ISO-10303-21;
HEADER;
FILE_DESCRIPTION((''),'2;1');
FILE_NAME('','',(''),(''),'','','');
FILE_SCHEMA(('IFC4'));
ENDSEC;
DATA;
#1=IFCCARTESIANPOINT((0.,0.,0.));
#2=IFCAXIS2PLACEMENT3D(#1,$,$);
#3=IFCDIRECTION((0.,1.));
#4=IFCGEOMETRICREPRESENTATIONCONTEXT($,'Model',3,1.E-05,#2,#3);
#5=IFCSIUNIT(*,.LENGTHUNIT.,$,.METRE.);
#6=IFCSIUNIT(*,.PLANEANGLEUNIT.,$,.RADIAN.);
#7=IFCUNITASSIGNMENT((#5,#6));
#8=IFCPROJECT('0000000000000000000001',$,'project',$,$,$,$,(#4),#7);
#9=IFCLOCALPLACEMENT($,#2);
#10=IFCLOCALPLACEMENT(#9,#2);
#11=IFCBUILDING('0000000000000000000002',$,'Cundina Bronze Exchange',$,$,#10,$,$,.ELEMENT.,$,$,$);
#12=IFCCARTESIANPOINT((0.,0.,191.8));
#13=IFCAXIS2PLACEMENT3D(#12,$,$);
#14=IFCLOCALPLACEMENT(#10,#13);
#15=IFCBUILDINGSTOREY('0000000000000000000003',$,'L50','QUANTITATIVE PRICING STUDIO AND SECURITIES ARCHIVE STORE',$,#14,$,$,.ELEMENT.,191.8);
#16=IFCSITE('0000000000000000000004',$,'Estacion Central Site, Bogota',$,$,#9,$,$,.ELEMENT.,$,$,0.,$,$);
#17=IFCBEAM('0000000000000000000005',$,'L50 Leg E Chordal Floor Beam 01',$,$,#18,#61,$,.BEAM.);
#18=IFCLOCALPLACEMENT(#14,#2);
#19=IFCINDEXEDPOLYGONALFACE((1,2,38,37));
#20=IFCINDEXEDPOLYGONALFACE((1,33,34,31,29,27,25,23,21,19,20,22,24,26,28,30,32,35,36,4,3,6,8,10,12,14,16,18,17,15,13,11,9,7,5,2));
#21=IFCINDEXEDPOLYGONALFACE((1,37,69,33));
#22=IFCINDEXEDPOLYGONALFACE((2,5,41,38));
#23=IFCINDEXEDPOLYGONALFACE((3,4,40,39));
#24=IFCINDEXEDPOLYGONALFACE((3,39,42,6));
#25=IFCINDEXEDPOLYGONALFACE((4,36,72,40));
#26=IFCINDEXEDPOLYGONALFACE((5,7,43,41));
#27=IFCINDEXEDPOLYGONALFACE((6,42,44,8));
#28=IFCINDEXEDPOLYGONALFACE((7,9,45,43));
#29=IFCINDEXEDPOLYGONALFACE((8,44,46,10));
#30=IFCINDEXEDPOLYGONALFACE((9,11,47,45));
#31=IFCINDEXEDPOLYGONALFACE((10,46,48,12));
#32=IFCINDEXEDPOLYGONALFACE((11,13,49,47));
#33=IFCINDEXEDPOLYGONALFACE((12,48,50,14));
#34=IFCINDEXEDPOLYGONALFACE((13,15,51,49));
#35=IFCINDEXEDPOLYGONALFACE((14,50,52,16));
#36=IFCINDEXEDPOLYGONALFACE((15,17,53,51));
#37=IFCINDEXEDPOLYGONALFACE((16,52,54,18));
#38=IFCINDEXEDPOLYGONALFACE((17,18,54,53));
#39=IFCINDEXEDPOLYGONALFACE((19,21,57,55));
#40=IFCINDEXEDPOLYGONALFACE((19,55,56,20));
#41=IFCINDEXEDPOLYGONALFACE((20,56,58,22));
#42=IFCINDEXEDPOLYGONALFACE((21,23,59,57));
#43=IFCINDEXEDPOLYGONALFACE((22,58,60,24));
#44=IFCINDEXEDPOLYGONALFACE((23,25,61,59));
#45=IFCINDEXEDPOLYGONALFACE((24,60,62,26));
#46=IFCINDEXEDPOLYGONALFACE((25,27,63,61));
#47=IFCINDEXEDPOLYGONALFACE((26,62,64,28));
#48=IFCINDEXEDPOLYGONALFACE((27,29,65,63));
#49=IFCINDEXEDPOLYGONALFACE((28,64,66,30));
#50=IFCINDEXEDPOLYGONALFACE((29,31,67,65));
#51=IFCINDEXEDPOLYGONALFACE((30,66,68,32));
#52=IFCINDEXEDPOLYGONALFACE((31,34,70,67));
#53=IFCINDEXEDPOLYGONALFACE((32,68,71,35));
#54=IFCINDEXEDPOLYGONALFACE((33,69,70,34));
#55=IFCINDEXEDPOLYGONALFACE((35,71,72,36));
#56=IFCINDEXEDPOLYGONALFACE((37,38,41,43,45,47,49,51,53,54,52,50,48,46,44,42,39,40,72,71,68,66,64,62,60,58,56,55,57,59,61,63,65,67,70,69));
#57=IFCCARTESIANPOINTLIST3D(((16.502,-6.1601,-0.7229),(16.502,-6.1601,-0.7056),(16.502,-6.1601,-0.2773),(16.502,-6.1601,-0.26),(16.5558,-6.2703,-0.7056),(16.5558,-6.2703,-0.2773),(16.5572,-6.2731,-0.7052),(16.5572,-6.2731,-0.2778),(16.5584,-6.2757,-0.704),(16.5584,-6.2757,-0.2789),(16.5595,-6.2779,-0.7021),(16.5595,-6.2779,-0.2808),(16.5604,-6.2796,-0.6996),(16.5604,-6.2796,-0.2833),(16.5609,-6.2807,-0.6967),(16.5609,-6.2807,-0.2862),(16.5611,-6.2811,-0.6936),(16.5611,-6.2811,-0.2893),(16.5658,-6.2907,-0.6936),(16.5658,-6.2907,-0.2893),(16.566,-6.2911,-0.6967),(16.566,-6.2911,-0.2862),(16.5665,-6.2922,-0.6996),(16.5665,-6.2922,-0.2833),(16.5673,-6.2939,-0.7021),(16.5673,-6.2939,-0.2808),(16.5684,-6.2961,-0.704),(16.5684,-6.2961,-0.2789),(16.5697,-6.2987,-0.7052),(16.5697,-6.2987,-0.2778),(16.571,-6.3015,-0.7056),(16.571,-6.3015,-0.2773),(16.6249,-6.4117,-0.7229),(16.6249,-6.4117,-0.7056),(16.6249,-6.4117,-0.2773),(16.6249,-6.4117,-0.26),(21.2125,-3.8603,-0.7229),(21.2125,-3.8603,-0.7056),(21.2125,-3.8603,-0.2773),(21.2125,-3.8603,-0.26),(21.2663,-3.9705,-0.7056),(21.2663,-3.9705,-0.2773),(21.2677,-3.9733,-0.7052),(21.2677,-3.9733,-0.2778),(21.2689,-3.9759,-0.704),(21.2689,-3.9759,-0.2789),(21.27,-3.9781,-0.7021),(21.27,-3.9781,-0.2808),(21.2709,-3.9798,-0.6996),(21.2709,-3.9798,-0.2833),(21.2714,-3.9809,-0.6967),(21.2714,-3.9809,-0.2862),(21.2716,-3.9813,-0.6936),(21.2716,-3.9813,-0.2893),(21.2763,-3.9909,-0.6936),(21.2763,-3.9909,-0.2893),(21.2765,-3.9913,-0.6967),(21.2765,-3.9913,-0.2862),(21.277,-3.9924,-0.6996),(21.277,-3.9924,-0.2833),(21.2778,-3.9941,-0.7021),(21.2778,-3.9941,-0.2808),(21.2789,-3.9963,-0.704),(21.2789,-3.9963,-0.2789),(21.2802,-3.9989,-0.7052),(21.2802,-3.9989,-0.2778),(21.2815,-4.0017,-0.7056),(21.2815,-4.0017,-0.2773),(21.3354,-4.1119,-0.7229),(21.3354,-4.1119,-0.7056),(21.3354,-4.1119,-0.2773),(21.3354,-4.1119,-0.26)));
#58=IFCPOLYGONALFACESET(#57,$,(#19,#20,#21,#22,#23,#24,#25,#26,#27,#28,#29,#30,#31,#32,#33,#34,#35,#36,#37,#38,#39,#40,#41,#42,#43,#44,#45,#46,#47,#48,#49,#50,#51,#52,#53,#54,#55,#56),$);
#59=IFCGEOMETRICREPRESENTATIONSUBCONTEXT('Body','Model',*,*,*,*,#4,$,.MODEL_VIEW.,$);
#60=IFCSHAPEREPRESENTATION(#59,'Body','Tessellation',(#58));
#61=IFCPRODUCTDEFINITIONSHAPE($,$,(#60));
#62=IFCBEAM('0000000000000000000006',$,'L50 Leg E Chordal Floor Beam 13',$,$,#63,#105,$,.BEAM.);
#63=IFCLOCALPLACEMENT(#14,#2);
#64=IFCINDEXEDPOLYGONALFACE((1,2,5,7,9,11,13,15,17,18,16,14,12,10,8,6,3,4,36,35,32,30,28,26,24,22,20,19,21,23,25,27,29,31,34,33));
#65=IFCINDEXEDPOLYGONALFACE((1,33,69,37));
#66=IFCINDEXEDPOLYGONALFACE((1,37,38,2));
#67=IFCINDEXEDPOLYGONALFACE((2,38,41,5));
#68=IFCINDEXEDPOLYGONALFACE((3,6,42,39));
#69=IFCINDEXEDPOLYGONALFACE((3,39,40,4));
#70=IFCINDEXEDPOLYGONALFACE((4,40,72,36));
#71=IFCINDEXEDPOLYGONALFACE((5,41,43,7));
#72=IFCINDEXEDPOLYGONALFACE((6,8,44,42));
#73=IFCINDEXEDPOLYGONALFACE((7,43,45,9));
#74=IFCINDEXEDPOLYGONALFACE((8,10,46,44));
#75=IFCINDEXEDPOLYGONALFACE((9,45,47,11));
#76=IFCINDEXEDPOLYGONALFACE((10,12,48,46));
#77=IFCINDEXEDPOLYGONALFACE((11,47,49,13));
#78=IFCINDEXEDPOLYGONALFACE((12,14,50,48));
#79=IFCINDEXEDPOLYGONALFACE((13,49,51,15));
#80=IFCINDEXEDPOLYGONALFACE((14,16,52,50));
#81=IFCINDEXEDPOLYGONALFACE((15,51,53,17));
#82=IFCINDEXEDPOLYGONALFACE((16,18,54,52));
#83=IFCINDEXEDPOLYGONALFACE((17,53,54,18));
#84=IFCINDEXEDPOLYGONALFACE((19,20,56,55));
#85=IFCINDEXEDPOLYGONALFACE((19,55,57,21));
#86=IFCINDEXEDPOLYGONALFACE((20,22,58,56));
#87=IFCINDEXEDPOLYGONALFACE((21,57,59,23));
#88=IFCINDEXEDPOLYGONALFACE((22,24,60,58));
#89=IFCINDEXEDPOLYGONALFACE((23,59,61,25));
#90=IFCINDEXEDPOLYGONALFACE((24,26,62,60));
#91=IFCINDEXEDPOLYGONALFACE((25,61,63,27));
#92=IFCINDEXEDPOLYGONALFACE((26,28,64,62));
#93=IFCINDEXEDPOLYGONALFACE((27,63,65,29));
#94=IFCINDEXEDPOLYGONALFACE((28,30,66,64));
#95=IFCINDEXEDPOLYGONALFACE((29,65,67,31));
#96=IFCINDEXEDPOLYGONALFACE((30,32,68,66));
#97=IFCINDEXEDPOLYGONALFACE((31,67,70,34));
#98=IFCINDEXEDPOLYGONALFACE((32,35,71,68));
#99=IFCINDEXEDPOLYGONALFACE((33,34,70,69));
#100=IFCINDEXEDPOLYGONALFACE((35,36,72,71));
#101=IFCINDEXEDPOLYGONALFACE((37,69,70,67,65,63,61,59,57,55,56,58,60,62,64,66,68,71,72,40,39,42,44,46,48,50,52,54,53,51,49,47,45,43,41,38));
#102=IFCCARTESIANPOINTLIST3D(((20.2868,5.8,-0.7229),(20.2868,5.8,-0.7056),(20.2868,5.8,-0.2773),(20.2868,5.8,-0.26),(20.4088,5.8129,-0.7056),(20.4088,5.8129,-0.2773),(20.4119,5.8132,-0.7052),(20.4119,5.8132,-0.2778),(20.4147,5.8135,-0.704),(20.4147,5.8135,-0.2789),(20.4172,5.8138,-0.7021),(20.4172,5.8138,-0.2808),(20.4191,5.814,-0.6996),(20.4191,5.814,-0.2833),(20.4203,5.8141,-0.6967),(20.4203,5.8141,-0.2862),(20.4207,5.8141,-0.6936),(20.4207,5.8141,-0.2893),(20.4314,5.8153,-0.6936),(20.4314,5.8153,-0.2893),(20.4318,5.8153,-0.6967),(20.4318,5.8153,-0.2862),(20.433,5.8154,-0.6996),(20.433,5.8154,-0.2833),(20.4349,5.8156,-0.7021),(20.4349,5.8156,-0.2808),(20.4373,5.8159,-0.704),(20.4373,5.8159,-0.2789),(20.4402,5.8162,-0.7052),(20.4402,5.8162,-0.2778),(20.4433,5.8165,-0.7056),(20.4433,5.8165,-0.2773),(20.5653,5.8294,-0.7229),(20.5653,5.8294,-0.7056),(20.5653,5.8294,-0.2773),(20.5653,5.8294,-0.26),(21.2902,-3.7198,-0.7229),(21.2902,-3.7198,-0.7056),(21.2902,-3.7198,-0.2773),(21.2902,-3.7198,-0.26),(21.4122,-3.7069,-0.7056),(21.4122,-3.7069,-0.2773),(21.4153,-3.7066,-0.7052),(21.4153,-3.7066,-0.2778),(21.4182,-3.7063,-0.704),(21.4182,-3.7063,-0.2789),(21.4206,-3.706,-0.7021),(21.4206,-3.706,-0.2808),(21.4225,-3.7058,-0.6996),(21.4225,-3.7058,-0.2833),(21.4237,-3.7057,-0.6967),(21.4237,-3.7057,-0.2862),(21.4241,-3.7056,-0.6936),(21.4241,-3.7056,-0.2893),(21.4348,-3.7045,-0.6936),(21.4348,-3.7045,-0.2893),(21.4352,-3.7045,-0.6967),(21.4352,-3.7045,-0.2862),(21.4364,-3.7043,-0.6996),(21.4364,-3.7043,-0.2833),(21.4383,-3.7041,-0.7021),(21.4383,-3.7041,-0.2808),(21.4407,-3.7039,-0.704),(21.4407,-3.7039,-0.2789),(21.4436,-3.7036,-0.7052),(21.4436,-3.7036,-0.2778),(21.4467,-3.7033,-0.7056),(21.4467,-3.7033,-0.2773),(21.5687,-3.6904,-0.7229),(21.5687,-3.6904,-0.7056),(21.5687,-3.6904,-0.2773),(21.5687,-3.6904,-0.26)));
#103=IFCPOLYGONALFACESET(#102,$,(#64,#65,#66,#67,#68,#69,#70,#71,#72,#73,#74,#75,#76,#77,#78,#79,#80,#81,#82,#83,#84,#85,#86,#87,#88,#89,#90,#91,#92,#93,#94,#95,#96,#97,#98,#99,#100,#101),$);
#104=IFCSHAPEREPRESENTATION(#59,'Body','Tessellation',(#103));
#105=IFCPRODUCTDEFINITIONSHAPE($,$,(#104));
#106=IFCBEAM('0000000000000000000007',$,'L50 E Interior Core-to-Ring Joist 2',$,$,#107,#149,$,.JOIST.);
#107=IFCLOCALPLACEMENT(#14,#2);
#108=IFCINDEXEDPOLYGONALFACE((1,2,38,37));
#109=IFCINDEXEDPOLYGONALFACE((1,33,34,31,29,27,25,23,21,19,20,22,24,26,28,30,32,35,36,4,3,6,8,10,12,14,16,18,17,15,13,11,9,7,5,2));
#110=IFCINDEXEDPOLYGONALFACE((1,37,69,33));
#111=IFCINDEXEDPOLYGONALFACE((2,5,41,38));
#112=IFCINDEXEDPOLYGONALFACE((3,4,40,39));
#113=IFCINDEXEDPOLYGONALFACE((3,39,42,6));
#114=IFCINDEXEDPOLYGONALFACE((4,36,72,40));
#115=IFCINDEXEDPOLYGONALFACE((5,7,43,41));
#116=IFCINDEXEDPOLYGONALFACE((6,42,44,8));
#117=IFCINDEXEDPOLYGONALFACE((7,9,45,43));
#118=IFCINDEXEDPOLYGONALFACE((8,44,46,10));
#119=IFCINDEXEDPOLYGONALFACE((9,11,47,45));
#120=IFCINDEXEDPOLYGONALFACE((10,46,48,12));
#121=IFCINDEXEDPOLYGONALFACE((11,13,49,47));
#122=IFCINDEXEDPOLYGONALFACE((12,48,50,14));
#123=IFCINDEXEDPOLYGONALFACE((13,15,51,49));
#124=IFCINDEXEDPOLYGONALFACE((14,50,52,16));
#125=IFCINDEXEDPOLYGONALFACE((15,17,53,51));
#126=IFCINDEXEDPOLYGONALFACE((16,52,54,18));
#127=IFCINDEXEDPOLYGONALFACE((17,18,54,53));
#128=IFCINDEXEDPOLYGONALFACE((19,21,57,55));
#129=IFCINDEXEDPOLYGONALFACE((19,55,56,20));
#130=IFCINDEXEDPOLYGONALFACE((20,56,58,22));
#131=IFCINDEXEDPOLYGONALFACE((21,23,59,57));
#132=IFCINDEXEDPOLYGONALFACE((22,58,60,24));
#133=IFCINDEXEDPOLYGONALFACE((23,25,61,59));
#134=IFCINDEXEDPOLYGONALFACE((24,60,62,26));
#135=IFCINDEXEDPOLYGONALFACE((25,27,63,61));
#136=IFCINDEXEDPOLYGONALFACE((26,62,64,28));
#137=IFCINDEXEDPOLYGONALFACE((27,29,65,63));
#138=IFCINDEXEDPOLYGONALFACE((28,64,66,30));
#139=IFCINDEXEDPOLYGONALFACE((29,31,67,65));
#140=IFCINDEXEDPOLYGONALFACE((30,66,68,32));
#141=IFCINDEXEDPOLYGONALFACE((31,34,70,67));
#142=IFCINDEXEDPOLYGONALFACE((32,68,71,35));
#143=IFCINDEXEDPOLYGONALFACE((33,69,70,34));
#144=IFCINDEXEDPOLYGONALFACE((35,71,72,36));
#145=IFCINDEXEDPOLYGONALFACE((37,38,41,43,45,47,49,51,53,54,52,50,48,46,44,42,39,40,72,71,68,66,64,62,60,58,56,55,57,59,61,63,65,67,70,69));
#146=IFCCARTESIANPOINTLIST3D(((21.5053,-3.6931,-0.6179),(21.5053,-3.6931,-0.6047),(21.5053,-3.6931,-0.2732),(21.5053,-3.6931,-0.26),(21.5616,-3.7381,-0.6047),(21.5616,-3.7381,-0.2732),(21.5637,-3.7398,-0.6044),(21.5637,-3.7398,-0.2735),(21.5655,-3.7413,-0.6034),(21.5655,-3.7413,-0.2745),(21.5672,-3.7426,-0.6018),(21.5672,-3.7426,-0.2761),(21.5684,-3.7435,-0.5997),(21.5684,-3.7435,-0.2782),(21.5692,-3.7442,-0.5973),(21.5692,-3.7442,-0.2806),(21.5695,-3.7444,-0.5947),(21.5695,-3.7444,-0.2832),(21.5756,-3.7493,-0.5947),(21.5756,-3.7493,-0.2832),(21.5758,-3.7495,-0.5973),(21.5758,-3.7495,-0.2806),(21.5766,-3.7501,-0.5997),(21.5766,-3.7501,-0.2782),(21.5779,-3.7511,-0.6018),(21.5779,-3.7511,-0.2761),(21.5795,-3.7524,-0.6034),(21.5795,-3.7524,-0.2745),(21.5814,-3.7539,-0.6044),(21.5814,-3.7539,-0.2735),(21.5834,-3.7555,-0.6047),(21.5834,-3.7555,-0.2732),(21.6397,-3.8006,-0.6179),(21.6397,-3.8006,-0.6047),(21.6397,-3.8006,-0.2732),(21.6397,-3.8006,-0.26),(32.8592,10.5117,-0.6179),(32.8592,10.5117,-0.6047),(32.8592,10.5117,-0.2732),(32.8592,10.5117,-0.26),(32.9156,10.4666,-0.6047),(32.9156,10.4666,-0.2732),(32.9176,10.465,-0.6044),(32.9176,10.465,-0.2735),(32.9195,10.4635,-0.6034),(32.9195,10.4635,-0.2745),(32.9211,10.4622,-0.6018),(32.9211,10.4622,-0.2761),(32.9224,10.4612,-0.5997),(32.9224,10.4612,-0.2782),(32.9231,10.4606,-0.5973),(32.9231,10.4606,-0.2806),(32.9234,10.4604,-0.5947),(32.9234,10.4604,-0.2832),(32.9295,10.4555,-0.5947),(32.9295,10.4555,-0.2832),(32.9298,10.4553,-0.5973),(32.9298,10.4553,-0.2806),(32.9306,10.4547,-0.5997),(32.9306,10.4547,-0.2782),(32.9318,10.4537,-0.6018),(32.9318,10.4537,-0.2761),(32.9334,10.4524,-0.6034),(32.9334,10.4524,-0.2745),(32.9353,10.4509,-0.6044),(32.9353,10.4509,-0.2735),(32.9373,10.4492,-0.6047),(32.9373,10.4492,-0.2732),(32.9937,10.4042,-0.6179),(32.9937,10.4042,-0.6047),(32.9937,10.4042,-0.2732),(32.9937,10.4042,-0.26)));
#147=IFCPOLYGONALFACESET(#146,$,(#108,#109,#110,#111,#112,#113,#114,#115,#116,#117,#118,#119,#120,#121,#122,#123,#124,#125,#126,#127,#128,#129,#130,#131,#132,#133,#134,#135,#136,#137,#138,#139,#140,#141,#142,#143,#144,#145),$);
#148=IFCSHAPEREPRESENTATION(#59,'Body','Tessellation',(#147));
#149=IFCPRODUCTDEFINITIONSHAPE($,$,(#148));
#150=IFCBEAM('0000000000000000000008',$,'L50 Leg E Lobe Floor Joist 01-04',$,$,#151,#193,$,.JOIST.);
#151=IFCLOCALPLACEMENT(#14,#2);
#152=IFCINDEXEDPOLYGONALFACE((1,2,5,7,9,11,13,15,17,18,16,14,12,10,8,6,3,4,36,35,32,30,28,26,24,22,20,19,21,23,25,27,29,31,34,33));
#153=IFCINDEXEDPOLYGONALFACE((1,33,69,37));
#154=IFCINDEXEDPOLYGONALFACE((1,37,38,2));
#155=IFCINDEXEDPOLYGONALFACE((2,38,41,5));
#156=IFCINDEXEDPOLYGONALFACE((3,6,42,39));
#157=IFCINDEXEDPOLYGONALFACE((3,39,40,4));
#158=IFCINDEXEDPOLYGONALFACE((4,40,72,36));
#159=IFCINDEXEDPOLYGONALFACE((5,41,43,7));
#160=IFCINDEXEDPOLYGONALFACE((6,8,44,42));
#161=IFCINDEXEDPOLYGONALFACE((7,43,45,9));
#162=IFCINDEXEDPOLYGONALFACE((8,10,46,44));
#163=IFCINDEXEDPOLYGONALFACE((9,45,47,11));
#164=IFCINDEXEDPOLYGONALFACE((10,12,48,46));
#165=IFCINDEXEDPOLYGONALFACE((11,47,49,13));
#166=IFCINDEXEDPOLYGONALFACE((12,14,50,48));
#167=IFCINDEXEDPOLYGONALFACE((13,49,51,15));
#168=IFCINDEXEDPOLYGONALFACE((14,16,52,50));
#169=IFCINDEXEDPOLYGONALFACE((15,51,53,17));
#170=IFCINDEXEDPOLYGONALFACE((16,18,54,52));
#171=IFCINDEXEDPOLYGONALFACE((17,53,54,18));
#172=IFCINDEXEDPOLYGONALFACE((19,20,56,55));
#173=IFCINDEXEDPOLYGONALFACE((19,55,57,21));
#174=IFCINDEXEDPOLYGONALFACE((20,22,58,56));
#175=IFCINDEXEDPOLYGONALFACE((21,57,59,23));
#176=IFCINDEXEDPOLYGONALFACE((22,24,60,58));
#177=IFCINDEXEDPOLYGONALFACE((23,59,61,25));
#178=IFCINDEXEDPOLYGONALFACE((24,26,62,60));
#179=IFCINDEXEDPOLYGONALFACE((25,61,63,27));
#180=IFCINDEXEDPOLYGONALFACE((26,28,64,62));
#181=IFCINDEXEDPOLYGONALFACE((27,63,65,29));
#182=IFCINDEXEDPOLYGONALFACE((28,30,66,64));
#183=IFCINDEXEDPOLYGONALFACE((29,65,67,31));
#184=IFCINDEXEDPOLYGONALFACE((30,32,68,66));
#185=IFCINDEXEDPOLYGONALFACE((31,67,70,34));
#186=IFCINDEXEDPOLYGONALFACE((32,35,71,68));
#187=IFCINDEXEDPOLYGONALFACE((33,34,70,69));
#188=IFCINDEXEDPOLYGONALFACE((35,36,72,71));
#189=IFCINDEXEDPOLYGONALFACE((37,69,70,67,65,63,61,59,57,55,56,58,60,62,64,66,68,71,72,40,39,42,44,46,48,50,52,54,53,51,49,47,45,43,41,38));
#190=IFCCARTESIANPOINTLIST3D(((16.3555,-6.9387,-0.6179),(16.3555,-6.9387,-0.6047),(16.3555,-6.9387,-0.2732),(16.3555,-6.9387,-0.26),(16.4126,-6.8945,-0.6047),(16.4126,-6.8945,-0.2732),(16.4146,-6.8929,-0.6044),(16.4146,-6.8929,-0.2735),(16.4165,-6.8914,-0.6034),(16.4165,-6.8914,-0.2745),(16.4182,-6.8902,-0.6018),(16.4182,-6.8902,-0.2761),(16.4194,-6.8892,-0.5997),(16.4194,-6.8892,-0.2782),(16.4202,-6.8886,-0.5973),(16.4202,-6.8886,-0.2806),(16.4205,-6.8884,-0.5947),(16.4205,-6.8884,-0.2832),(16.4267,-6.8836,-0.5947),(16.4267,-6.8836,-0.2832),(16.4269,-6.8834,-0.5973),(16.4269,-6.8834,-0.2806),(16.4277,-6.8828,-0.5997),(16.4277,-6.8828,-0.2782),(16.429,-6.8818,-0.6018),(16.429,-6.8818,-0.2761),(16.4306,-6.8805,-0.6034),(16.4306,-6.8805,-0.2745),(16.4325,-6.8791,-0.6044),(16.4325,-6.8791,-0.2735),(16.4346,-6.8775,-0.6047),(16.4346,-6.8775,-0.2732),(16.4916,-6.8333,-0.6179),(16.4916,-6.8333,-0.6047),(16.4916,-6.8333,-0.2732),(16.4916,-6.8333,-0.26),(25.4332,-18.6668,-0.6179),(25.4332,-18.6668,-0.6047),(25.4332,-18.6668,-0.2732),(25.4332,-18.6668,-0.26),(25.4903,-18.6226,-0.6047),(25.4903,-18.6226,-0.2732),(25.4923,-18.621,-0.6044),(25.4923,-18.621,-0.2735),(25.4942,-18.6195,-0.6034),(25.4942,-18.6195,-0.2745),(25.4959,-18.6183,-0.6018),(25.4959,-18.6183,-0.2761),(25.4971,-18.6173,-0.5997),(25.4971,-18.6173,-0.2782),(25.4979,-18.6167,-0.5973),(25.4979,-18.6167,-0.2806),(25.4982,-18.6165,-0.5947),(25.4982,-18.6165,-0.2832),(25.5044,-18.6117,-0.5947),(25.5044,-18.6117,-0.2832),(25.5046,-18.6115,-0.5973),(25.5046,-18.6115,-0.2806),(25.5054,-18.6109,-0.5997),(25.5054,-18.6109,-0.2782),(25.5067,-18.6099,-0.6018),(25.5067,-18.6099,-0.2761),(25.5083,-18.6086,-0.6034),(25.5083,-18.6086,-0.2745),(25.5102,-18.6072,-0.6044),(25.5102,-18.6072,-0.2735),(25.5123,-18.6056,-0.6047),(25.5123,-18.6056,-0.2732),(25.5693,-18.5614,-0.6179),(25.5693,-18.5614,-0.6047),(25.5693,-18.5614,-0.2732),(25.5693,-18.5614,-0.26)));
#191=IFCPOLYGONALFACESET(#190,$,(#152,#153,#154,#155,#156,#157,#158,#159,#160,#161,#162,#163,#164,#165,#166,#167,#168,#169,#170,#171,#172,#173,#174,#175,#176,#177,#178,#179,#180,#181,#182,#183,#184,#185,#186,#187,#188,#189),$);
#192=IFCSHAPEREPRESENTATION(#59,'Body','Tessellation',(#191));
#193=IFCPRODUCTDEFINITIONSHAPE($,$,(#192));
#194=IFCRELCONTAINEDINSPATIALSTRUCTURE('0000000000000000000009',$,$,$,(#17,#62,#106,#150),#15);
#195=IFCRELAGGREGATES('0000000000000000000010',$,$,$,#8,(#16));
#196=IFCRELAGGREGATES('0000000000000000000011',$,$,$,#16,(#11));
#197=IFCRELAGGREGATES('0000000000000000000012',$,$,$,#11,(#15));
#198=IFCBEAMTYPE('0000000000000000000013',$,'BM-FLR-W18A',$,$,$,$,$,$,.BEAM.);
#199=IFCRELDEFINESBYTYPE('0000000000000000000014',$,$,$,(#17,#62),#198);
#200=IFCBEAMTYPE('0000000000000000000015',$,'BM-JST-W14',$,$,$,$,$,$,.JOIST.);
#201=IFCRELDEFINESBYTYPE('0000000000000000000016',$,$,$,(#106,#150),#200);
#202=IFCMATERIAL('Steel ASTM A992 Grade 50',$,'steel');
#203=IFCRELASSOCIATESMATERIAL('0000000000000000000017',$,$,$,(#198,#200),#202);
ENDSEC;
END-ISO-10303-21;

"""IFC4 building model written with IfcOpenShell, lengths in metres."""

from ifc_helpers import new_model, si_unit, direction, frame, origin, origin_2d, place, context, subcontext, project, spatial, i_section, extrude, material, material_profile, profile_set, type_object, element, save


model = new_model("IFC4")

# Units and contexts
model_context = context("Model", 3, precision=1e-05, world=origin(), true_north=direction((0.0, 1.0)))
body_context = subcontext(model_context, "Body", "Model", "MODEL_VIEW")
ifc_project = project(units=[si_unit("LENGTHUNIT", "METRE"), si_unit("PLANEANGLEUNIT", "RADIAN")], contexts=[model_context])

# Site, building, storey
site_placement = place(None, origin())
site = spatial("IfcSite", under=ifc_project, at=site_placement, Name="Estacion Central Site, Bogota", CompositionType="ELEMENT", RefElevation=0.0)
building_placement = place(site_placement, origin())
building = spatial("IfcBuilding", under=site, at=building_placement, Name="Cundina Bronze Exchange", CompositionType="ELEMENT")
storey_placement = place(building_placement, frame((0.0, 0.0, 191.8)))
storey = spatial("IfcBuildingStorey", under=building, at=storey_placement, Name="L50", Description="QUANTITATIVE PRICING STUDIO AND SECURITIES ARCHIVE STORE", CompositionType="ELEMENT", Elevation=191.8)

# Shared definitions
ifc_material_1 = material(Name="Steel ASTM A992 Grade 50", Category="steel")

# Beams
ifc_material_profile_1 = material_profile(ifc_material_1, i_section(OverallWidth=0.28, OverallDepth=0.4629, WebThickness=0.0107, FlangeThickness=0.0173, FilletRadius=0.012, at=origin_2d()), Name="W18X76", Category="steel")
ifc_profile_set_1 = profile_set([ifc_material_profile_1], Name="Steel ASTM A992 Grade 50")
beam_type_1 = type_object("IfcBeamType", Name="BM-FLR-W18A", PredefinedType="BEAM", material=ifc_profile_set_1)
beam_1_placement = place(storey_placement, frame((21.2739, -3.9861, -0.4915), z_axis=(-0.898616, -0.438736, 0.0), x_axis=(0.438736, -0.898616, 0.0)))
element("IfcBeam", 1, at=beam_1_placement, inside=storey, type_object=beam_type_1, Name="L50 Leg E Chordal Floor Beam 01", PredefinedType="BEAM", context=body_context, shape_type="SweptSolid", body=[
    extrude(i_section(OverallWidth=0.28, OverallDepth=0.4629, WebThickness=0.0107, FlangeThickness=0.0173, FilletRadius=0.012, at=origin_2d()), origin(), (0.0, 0.0, 1.0), 5.2419),
])
beam_2_placement = place(storey_placement, frame((21.4294, -3.7051, -0.4915), z_axis=(-0.104823, 0.994491, 0.0), x_axis=(-0.994491, -0.104823, 0.0)))
element("IfcBeam", 2, at=beam_2_placement, inside=storey, type_object=beam_type_1, Name="L50 Leg E Chordal Floor Beam 13", PredefinedType="BEAM", context=body_context, shape_type="SweptSolid", body=[
    extrude(i_section(OverallWidth=0.28, OverallDepth=0.4629, WebThickness=0.0107, FlangeThickness=0.0173, FilletRadius=0.012, at=origin_2d()), origin(), (0.0, 0.0, 1.0), 9.5725),
])
ifc_material_profile_2 = material_profile(ifc_material_1, i_section(OverallWidth=0.1721, OverallDepth=0.3579, WebThickness=0.0078, FlangeThickness=0.0132, FilletRadius=0.01, at=origin_2d()), Name="W14X38", Category="steel")
ifc_profile_set_2 = profile_set([ifc_material_profile_2], Name="Steel ASTM A992 Grade 50")
beam_type_2 = type_object("IfcBeamType", Name="BM-JST-W14", PredefinedType="JOIST", material=ifc_profile_set_2)
beam_3_placement = place(storey_placement, frame((21.5725, -3.7468, -0.439), z_axis=(0.624364, 0.781133, 0.0), x_axis=(-0.781133, 0.624364, 0.0)))
element("IfcBeam", 3, at=beam_3_placement, inside=storey, type_object=beam_type_2, Name="L50 E Interior Core-to-Ring Joist 2", PredefinedType="JOIST", context=body_context, shape_type="SweptSolid", body=[
    extrude(i_section(OverallWidth=0.1721, OverallDepth=0.3579, WebThickness=0.0078, FlangeThickness=0.0132, FilletRadius=0.01, at=origin_2d()), origin(), (0.0, 0.0, 1.0), 18.1848),
])
beam_4_placement = place(storey_placement, frame((16.4236, -6.886, -0.439), z_axis=(0.612084, -0.790793, 0.0), x_axis=(0.790793, 0.612084, 0.0)))
element("IfcBeam", 4, at=beam_4_placement, inside=storey, type_object=beam_type_2, Name="L50 Leg E Lobe Floor Joist 01-04", PredefinedType="JOIST", context=body_context, shape_type="SweptSolid", body=[
    extrude(i_section(OverallWidth=0.1721, OverallDepth=0.3579, WebThickness=0.0078, FlangeThickness=0.0132, FilletRadius=0.01, at=origin_2d()), origin(), (0.0, 0.0, 1.0), 14.8308),
])

save(model, "model.ifc")
